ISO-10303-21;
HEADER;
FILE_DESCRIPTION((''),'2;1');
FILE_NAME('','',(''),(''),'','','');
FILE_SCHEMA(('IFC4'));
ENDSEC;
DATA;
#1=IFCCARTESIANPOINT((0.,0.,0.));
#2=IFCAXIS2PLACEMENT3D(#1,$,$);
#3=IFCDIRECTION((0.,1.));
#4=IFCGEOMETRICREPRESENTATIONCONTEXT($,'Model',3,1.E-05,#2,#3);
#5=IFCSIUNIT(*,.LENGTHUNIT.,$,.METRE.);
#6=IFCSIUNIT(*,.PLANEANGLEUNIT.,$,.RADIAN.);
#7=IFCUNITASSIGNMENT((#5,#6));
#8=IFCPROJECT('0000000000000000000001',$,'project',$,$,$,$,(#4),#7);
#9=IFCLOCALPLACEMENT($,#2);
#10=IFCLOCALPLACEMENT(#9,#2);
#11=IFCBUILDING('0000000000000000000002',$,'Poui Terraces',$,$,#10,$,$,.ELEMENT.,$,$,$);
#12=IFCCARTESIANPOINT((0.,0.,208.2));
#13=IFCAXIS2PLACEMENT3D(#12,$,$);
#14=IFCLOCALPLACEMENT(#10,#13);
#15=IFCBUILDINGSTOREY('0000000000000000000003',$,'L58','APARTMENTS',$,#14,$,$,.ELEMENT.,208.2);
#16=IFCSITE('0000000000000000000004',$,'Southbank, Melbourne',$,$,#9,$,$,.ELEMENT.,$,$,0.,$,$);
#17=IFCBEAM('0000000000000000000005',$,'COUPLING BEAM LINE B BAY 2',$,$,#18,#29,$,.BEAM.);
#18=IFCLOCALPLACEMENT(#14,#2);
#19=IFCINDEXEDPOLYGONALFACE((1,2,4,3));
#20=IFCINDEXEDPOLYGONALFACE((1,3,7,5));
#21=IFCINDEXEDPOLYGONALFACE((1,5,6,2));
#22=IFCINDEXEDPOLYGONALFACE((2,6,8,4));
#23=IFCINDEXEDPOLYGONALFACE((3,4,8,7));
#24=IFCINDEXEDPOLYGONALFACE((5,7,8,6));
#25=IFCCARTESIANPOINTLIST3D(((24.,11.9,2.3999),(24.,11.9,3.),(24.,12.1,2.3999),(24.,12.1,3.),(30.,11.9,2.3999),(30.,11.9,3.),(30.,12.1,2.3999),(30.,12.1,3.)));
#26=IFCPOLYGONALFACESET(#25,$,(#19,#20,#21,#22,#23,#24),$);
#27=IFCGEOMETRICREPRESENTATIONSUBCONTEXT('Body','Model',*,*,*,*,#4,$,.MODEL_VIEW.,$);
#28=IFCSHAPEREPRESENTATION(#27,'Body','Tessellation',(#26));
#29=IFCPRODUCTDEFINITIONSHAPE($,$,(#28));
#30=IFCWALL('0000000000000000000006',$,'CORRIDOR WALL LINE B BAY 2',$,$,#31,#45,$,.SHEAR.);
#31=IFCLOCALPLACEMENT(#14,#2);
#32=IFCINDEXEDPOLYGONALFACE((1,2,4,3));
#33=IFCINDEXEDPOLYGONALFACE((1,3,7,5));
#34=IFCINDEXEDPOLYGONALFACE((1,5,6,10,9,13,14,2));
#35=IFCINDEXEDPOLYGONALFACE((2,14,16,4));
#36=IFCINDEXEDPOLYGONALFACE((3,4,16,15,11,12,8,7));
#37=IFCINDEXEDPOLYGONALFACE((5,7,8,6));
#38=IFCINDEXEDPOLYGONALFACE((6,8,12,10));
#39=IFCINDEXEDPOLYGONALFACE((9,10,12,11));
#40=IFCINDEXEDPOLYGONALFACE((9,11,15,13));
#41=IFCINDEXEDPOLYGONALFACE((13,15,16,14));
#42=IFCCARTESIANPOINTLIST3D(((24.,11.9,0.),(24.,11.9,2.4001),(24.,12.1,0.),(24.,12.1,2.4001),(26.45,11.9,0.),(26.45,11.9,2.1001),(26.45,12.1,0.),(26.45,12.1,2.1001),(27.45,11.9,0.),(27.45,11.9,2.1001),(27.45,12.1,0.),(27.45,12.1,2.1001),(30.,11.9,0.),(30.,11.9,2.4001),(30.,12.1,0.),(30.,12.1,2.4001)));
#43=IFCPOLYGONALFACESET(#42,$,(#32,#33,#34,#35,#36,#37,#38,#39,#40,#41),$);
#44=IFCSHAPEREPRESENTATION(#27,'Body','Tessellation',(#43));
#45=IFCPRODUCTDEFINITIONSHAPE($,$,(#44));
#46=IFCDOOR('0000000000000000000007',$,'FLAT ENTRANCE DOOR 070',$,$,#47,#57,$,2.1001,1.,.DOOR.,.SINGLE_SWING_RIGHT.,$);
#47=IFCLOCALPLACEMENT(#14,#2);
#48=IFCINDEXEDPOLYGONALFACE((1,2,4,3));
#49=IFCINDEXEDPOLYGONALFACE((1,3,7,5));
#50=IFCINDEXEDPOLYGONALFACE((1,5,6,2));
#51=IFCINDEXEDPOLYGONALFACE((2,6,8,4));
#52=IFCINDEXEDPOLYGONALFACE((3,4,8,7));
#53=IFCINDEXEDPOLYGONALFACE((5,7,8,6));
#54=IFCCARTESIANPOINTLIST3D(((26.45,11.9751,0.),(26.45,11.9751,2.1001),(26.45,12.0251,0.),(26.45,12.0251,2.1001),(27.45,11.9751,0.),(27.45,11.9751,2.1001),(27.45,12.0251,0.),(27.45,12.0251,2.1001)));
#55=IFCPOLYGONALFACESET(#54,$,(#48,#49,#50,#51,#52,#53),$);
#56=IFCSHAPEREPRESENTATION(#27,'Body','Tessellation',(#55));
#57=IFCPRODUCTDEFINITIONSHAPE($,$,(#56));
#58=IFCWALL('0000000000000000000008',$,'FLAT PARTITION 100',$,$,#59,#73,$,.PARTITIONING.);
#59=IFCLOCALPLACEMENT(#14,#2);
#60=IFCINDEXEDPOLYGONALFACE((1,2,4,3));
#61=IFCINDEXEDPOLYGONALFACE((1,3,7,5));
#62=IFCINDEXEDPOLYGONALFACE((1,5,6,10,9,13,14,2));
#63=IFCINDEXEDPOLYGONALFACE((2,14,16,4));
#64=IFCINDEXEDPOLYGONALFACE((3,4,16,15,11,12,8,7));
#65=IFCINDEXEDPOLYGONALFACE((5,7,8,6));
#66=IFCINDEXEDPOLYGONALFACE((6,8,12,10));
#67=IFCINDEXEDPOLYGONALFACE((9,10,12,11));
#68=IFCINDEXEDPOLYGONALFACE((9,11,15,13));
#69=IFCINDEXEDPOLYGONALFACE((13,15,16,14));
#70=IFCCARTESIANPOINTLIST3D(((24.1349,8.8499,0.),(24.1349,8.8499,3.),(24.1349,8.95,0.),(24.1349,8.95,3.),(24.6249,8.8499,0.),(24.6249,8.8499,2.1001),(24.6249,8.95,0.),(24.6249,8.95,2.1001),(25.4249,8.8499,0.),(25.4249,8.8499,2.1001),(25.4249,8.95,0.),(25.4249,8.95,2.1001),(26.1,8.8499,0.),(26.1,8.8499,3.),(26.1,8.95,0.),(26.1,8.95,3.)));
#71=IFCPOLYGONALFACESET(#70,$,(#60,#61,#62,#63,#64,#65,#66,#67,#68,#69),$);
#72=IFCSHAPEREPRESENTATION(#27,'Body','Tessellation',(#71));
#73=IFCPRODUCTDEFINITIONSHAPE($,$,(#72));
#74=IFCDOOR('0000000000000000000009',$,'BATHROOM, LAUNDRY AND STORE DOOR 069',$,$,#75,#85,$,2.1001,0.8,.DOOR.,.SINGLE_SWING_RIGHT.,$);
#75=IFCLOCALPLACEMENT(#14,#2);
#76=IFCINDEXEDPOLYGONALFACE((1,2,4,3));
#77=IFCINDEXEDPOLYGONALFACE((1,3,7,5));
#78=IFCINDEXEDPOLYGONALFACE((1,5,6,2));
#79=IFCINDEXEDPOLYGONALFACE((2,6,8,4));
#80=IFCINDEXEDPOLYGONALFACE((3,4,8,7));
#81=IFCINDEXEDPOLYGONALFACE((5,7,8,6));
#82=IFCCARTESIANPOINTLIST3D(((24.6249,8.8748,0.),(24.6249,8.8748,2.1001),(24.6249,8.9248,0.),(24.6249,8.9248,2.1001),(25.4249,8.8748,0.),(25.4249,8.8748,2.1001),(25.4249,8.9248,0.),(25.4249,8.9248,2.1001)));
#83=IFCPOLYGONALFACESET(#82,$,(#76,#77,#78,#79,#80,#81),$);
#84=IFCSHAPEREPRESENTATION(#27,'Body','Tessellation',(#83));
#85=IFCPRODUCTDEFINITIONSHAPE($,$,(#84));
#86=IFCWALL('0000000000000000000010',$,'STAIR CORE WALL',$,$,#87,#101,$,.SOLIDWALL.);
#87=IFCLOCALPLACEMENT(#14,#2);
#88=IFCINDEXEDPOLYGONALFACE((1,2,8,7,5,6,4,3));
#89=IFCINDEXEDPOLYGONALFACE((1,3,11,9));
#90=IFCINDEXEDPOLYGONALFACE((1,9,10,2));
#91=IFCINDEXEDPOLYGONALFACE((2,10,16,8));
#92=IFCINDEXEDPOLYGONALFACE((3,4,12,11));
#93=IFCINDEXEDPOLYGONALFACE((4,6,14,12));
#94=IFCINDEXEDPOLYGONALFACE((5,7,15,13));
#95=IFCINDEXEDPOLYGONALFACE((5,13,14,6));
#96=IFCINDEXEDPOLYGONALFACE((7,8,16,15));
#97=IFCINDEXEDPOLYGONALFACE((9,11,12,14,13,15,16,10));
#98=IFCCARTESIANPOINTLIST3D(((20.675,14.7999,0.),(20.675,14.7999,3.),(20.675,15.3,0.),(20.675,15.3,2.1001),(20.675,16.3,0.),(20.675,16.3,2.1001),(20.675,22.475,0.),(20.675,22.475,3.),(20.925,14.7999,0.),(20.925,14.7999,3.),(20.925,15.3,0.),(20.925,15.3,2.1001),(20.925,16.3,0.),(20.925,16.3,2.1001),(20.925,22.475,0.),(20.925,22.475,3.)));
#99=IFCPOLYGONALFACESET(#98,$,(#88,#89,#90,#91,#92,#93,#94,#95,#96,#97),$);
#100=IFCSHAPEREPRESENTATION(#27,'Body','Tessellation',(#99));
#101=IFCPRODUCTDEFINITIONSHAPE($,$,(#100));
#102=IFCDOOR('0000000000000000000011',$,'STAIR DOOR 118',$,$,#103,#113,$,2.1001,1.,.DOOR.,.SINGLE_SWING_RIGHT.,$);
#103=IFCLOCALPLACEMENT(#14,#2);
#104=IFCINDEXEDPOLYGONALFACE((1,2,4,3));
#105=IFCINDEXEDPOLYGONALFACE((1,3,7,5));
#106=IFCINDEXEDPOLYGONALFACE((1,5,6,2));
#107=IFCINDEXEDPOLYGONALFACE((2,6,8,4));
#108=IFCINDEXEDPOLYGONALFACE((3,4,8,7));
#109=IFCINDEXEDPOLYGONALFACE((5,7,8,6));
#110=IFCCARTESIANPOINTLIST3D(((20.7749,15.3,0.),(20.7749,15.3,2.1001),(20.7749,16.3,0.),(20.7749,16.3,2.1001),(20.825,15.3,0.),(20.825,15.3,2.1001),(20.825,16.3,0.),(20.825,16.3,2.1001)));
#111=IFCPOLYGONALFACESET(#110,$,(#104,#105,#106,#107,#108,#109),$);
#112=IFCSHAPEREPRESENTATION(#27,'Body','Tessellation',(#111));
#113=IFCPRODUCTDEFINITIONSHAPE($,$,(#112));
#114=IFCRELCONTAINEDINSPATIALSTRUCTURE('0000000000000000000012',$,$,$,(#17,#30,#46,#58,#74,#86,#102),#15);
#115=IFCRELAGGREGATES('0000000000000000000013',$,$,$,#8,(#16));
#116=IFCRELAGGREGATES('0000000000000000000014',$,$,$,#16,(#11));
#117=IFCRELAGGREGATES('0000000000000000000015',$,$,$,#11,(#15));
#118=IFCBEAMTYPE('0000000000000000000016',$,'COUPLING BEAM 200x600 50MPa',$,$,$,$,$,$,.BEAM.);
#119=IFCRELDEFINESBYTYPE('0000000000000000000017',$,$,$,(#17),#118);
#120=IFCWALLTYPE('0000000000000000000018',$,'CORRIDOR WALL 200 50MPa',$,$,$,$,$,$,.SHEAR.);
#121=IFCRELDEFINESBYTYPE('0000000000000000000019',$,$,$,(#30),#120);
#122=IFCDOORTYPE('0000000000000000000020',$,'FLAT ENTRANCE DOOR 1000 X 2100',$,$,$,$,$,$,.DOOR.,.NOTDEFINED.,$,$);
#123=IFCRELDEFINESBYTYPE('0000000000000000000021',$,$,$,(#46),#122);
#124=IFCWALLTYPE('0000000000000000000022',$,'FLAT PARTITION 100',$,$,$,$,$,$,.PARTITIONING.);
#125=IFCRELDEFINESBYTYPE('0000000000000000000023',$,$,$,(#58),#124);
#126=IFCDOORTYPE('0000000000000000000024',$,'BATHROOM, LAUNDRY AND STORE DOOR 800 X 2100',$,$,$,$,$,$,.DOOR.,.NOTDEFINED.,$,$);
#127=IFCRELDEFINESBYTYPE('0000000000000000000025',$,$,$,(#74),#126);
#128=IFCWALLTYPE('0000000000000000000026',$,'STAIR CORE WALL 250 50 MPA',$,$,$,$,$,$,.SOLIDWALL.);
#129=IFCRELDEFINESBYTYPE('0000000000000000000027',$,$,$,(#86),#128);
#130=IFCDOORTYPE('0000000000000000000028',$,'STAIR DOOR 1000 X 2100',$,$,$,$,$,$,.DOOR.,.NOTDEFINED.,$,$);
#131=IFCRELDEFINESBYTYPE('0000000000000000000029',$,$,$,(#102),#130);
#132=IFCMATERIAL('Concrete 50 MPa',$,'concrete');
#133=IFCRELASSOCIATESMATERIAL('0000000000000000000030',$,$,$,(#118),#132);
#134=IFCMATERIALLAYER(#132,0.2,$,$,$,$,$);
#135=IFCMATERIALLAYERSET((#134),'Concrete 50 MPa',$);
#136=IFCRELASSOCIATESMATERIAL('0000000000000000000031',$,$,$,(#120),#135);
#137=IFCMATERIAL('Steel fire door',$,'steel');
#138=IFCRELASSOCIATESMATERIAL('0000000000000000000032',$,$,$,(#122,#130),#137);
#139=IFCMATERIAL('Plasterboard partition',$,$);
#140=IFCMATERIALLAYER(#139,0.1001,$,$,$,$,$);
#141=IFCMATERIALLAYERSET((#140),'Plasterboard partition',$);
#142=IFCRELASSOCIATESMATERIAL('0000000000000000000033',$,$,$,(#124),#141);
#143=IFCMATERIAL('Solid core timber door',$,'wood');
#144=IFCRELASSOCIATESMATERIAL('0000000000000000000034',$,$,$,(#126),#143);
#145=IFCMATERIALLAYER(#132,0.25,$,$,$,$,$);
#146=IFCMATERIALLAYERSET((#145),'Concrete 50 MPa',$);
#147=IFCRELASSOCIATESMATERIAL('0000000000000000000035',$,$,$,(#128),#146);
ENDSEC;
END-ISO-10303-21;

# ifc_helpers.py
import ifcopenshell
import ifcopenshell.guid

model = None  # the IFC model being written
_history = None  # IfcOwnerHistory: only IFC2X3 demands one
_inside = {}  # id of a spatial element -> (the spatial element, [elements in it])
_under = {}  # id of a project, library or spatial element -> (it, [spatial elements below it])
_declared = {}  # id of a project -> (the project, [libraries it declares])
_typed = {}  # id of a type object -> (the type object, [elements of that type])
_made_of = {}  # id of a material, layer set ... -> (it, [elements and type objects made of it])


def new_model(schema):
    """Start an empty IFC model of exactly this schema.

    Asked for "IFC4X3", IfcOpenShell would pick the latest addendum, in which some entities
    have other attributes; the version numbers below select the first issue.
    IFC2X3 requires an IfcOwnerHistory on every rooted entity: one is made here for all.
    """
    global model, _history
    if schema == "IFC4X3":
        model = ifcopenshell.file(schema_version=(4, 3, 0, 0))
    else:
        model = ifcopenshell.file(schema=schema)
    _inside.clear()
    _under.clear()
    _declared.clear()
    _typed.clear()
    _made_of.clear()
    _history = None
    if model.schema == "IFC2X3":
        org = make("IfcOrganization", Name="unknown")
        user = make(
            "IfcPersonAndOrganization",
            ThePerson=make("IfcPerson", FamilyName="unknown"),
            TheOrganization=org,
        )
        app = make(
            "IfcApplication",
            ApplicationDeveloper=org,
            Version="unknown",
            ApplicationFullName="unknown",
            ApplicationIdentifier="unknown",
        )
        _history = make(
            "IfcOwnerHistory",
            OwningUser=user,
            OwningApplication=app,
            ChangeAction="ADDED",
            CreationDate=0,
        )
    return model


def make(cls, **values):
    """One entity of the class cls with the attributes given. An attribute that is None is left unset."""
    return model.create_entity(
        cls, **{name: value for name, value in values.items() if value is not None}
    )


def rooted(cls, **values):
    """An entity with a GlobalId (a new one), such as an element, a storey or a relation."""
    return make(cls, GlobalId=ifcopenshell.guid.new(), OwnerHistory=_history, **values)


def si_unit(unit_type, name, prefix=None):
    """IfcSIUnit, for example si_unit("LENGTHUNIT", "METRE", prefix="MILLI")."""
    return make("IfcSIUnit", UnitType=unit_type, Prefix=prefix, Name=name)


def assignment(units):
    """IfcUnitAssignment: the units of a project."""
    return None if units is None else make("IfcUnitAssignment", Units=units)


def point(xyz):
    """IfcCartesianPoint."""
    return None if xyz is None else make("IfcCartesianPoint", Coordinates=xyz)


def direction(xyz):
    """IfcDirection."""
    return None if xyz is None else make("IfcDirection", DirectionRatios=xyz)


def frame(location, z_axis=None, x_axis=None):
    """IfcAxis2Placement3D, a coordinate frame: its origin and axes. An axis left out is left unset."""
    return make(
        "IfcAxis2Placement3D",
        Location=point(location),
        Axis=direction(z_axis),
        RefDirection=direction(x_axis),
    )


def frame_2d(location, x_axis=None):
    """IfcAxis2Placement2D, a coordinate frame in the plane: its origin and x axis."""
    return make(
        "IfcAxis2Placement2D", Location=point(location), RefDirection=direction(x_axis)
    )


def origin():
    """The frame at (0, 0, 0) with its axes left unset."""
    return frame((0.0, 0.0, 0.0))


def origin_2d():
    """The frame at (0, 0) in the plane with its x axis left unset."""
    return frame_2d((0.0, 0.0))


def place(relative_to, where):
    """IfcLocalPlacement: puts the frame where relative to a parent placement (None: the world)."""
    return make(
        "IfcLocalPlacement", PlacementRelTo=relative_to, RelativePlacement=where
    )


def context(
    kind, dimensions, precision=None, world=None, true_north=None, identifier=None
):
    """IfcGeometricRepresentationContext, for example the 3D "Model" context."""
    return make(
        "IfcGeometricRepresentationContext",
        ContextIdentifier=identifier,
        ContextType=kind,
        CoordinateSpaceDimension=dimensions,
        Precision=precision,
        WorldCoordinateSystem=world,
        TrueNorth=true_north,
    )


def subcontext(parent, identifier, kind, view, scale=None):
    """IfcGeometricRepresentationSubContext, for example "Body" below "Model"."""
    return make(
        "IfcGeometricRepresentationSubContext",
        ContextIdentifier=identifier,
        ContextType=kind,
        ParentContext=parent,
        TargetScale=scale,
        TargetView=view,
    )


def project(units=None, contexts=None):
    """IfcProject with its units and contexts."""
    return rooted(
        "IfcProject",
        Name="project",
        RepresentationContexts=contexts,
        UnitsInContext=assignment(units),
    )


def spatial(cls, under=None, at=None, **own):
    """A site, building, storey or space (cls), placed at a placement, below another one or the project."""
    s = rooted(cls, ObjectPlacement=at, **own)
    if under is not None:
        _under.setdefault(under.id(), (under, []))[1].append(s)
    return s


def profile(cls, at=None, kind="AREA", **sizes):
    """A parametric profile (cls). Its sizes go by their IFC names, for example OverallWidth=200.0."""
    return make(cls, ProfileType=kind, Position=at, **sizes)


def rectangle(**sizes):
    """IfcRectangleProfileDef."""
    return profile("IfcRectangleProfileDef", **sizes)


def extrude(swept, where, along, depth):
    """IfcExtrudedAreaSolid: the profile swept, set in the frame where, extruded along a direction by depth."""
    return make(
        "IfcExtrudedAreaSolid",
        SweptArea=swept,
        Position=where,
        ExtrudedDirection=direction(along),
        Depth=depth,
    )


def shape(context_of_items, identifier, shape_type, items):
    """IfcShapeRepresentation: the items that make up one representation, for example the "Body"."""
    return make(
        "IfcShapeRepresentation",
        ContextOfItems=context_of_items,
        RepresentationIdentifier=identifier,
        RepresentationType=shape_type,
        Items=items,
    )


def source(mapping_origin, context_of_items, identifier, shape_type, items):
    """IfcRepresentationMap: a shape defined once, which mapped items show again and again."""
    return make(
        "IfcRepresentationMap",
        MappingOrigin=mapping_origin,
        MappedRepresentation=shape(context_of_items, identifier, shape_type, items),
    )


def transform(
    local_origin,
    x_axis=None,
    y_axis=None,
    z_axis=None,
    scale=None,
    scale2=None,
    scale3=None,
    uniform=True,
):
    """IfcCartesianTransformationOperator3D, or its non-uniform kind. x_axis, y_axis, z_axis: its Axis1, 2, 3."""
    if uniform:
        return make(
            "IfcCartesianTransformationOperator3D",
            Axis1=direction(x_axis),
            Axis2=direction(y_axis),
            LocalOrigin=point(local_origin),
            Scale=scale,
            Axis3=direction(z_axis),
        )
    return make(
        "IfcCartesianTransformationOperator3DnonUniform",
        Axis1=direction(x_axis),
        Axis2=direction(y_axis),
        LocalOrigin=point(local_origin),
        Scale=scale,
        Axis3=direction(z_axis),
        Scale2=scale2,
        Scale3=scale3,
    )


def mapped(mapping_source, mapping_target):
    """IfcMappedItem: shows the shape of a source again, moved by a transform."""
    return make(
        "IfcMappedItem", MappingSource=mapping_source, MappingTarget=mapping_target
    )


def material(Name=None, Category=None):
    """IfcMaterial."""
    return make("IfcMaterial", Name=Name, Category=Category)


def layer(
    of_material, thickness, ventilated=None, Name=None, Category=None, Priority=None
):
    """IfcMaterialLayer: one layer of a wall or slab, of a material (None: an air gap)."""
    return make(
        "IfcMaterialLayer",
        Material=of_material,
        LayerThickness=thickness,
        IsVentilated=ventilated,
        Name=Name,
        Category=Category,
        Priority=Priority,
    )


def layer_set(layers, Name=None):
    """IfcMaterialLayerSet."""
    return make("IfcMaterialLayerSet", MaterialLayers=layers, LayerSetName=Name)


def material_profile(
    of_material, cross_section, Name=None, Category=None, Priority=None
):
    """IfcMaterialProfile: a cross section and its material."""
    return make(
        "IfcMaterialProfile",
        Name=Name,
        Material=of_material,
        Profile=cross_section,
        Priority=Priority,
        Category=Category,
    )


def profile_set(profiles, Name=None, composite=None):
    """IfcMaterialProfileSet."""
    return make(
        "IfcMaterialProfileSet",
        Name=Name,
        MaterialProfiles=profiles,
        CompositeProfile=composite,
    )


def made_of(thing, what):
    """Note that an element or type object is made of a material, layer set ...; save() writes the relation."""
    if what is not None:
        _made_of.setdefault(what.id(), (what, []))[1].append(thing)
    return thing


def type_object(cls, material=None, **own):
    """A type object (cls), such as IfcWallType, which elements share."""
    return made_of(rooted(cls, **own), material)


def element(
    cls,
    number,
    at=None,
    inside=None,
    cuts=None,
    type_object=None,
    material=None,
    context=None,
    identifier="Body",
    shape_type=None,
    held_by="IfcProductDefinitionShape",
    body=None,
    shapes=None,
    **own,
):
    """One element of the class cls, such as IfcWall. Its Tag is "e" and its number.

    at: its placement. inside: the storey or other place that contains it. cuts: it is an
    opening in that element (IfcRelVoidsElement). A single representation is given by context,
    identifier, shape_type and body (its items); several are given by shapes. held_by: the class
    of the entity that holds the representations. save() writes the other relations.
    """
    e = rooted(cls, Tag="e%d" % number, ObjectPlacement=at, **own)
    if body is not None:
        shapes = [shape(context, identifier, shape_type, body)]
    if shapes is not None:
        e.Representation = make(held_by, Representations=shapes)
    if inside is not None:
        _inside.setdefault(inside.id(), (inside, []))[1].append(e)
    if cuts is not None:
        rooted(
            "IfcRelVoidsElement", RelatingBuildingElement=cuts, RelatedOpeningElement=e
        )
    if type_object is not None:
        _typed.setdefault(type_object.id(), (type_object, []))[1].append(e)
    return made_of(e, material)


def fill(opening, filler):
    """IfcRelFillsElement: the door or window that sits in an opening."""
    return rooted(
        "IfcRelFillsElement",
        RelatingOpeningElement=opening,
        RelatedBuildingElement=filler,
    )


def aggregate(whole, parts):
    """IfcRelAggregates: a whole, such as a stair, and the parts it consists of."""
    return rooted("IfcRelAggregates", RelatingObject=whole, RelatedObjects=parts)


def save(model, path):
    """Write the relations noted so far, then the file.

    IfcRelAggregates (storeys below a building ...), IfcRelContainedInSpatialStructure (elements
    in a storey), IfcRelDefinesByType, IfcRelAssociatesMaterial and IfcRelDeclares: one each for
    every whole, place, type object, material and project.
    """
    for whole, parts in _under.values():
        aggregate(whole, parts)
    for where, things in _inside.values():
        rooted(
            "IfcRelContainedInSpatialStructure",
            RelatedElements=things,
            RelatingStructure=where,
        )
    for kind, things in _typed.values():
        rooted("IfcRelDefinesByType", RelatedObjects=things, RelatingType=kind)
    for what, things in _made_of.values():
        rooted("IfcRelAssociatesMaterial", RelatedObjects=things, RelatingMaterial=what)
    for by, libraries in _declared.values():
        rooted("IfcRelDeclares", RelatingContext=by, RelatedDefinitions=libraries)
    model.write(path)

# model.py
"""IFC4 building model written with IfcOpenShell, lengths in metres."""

from ifc_helpers import new_model, si_unit, direction, frame, frame_2d, origin, origin_2d, place, context, subcontext, project, spatial, rectangle, extrude, source, transform, mapped, material, layer, layer_set, material_profile, profile_set, type_object, element, fill, save


model = new_model("IFC4")

# Units and contexts
model_context = context("Model", 3, precision=1e-05, world=origin(), true_north=direction((0.0, 1.0)))
body_context = subcontext(model_context, "Body", "Model", "MODEL_VIEW")
ifc_project = project(units=[si_unit("LENGTHUNIT", "METRE"), si_unit("PLANEANGLEUNIT", "RADIAN")], contexts=[model_context])

# Site, building, storey
site_placement = place(None, origin())
site = spatial("IfcSite", under=ifc_project, at=site_placement, Name="Southbank, Melbourne", CompositionType="ELEMENT", RefElevation=0.0)
building_placement = place(site_placement, origin())
building = spatial("IfcBuilding", under=site, at=building_placement, Name="Poui Terraces", CompositionType="ELEMENT")
storey_placement = place(building_placement, frame((0.0, 0.0, 208.2)))
storey = spatial("IfcBuildingStorey", under=building, at=storey_placement, Name="L58", Description="APARTMENTS", CompositionType="ELEMENT", Elevation=208.2)

# Beam
ifc_material_1 = material(Name="Concrete 50 MPa", Category="concrete")
ifc_material_profile = material_profile(ifc_material_1, rectangle(XDim=0.2, YDim=0.6001, at=origin_2d()), Name="RC 200x600")
ifc_profile_set = profile_set([ifc_material_profile], Name="Concrete 50 MPa")
beam_type = type_object("IfcBeamType", Name="COUPLING BEAM 200x600 50MPa", PredefinedType="BEAM", material=ifc_profile_set)
shared_shape = source(origin(), body_context, "Body", "SweptSolid", [
    extrude(rectangle(XDim=0.2, YDim=0.6001, at=origin_2d()), origin(), (0.0, 0.0, 1.0), 6.0),
])
beam_placement = place(storey_placement, frame((24.0, 12.0, 2.7), z_axis=(1.0, 0.0, 0.0), x_axis=(0.0, 1.0, 0.0)))
element("IfcBeam", 1, at=beam_placement, inside=storey, type_object=beam_type, Name="COUPLING BEAM LINE B BAY 2", PredefinedType="BEAM", context=body_context, shape_type="MappedRepresentation", body=[
    mapped(shared_shape, transform((0.0, 0.0, 0.0))),
])

# Walls, openings, doors
ifc_layer_1 = layer(ifc_material_1, 0.2)
ifc_layer_set_1 = layer_set([ifc_layer_1], Name="Concrete 50 MPa")
wall_type_1 = type_object("IfcWallType", Name="CORRIDOR WALL 200 50MPa", PredefinedType="SHEAR", material=ifc_layer_set_1)
wall_1_placement = place(storey_placement, frame((24.0, 12.0, 0.0), z_axis=(0.0, 0.0, 1.0), x_axis=(1.0, 0.0, 0.0)))
wall_1 = element("IfcWall", 2, at=wall_1_placement, inside=storey, type_object=wall_type_1, Name="CORRIDOR WALL LINE B BAY 2", PredefinedType="SHEAR", context=body_context, shape_type="SweptSolid", body=[
    extrude(rectangle(XDim=6.0, YDim=0.2, at=frame_2d((3.0, 0.0))), origin(), (0.0, 0.0, 1.0), 2.4001),
])
opening_1_placement = place(wall_1_placement, frame((2.45, 0.0, 0.0)))
opening_1 = element("IfcOpeningElement", 3, at=opening_1_placement, cuts=wall_1, PredefinedType="OPENING", context=body_context, shape_type="SweptSolid", body=[
    extrude(rectangle(XDim=1.0, YDim=2.1001, at=frame_2d((0.5, 1.05))), frame((0.0, 0.1099, 0.0), z_axis=(0.0, -1.0, 0.0), x_axis=(1.0, 0.0, 0.0)), (0.0, 0.0, 1.0), 0.22),
])
ifc_material_2 = material(Name="Steel fire door", Category="steel")
door_type_1 = type_object("IfcDoorType", Name="FLAT ENTRANCE DOOR 1000 X 2100", OperationType="NOTDEFINED", PredefinedType="DOOR", material=ifc_material_2)
door_1_placement = place(opening_1_placement, frame((1.0, 0.0, 0.0), z_axis=(0.0, 0.0, 1.0), x_axis=(-1.0, 0.0, 0.0)))
door_1 = element("IfcDoor", 4, at=door_1_placement, inside=storey, type_object=door_type_1, Name="FLAT ENTRANCE DOOR 070", OperationType="SINGLE_SWING_RIGHT", OverallHeight=2.1001, OverallWidth=1.0, PredefinedType="DOOR", context=body_context, shape_type="SweptSolid", body=[
    extrude(rectangle(XDim=1.0, YDim=2.1001, at=frame_2d((0.5, 1.05))), frame((0.0, 0.0249, 0.0), z_axis=(0.0, -1.0, 0.0), x_axis=(1.0, 0.0, 0.0)), (0.0, 0.0, 1.0), 0.05),
])
fill(opening_1, door_1)
ifc_material_3 = material(Name="Plasterboard partition")
ifc_layer_2 = layer(ifc_material_3, 0.1001)
ifc_layer_set_2 = layer_set([ifc_layer_2], Name="Plasterboard partition")
wall_type_2 = type_object("IfcWallType", Name="FLAT PARTITION 100", PredefinedType="PARTITIONING", material=ifc_layer_set_2)
wall_2_placement = place(storey_placement, frame((24.135, 8.8999, 0.0), z_axis=(0.0, 0.0, 1.0), x_axis=(1.0, 0.0, 0.0)))
wall_2 = element("IfcWall", 5, at=wall_2_placement, inside=storey, type_object=wall_type_2, Name="FLAT PARTITION 100", PredefinedType="PARTITIONING", context=body_context, shape_type="SweptSolid", body=[
    extrude(rectangle(XDim=1.9651, YDim=0.1001, at=frame_2d((0.9824, 0.0))), origin(), (0.0, 0.0, 1.0), 3.0),
])
opening_2_placement = place(wall_2_placement, frame((0.49, 0.0, 0.0)))
opening_2 = element("IfcOpeningElement", 6, at=opening_2_placement, cuts=wall_2, PredefinedType="OPENING", context=body_context, shape_type="SweptSolid", body=[
    extrude(rectangle(XDim=0.8, YDim=2.1001, at=frame_2d((0.3999, 1.05))), frame((0.0, 0.0601, 0.0), z_axis=(0.0, -1.0, 0.0), x_axis=(1.0, 0.0, 0.0)), (0.0, 0.0, 1.0), 0.1201),
])
ifc_material_4 = material(Name="Solid core timber door", Category="wood")
door_type_2 = type_object("IfcDoorType", Name="BATHROOM, LAUNDRY AND STORE DOOR 800 X 2100", OperationType="NOTDEFINED", PredefinedType="DOOR", material=ifc_material_4)
door_2_placement = place(opening_2_placement, origin())
door_2 = element("IfcDoor", 7, at=door_2_placement, inside=storey, type_object=door_type_2, Name="BATHROOM, LAUNDRY AND STORE DOOR 069", OperationType="SINGLE_SWING_RIGHT", OverallHeight=2.1001, OverallWidth=0.8, PredefinedType="DOOR", context=body_context, shape_type="SweptSolid", body=[
    extrude(rectangle(XDim=0.8, YDim=2.1001, at=frame_2d((0.3999, 1.05))), frame((0.0, 0.0249, 0.0), z_axis=(0.0, -1.0, 0.0), x_axis=(1.0, 0.0, 0.0)), (0.0, 0.0, 1.0), 0.05),
])
fill(opening_2, door_2)

# Shared definitions
door_type_3 = type_object("IfcDoorType", Name="STAIR DOOR 1000 X 2100", OperationType="NOTDEFINED", PredefinedType="DOOR", material=ifc_material_2)

# Wall, opening, door
ifc_layer_3 = layer(ifc_material_1, 0.25)
ifc_layer_set_3 = layer_set([ifc_layer_3], Name="Concrete 50 MPa")
wall_type_3 = type_object("IfcWallType", Name="STAIR CORE WALL 250 50 MPA", PredefinedType="SOLIDWALL", material=ifc_layer_set_3)
wall_3_placement = place(storey_placement, frame((20.8, 14.8, 0.0), z_axis=(0.0, 0.0, 1.0), x_axis=(0.0, 1.0, 0.0)))
wall_3 = element("IfcWall", 8, at=wall_3_placement, inside=storey, type_object=wall_type_3, Name="STAIR CORE WALL", PredefinedType="SOLIDWALL", context=body_context, shape_type="SweptSolid", body=[
    extrude(rectangle(XDim=7.675, YDim=0.25, at=frame_2d((3.8374, 0.0))), origin(), (0.0, 0.0, 1.0), 3.0),
])
opening_3_placement = place(wall_3_placement, frame((0.5, 0.0, 0.0)))
opening_3 = element("IfcOpeningElement", 9, at=opening_3_placement, cuts=wall_3, PredefinedType="OPENING", context=body_context, shape_type="SweptSolid", body=[
    extrude(rectangle(XDim=1.0, YDim=2.1001, at=frame_2d((0.5, 1.05))), frame((0.0, 0.135, 0.0), z_axis=(0.0, -1.0, 0.0), x_axis=(1.0, 0.0, 0.0)), (0.0, 0.0, 1.0), 0.27),
])
door_3_placement = place(opening_3_placement, frame((1.0, 0.0, 0.0), z_axis=(0.0, 0.0, 1.0), x_axis=(-1.0, 0.0, 0.0)))
door_3 = element("IfcDoor", 10, at=door_3_placement, inside=storey, type_object=door_type_3, Name="STAIR DOOR 118", OperationType="SINGLE_SWING_RIGHT", OverallHeight=2.1001, OverallWidth=1.0, PredefinedType="DOOR", context=body_context, shape_type="SweptSolid", body=[
    extrude(rectangle(XDim=1.0, YDim=2.1001, at=frame_2d((0.5, 1.05))), frame((0.0, 0.0249, 0.0), z_axis=(0.0, -1.0, 0.0), x_axis=(1.0, 0.0, 0.0)), (0.0, 0.0, 1.0), 0.05),
])
fill(opening_3, door_3)

save(model, "model.ifc")
